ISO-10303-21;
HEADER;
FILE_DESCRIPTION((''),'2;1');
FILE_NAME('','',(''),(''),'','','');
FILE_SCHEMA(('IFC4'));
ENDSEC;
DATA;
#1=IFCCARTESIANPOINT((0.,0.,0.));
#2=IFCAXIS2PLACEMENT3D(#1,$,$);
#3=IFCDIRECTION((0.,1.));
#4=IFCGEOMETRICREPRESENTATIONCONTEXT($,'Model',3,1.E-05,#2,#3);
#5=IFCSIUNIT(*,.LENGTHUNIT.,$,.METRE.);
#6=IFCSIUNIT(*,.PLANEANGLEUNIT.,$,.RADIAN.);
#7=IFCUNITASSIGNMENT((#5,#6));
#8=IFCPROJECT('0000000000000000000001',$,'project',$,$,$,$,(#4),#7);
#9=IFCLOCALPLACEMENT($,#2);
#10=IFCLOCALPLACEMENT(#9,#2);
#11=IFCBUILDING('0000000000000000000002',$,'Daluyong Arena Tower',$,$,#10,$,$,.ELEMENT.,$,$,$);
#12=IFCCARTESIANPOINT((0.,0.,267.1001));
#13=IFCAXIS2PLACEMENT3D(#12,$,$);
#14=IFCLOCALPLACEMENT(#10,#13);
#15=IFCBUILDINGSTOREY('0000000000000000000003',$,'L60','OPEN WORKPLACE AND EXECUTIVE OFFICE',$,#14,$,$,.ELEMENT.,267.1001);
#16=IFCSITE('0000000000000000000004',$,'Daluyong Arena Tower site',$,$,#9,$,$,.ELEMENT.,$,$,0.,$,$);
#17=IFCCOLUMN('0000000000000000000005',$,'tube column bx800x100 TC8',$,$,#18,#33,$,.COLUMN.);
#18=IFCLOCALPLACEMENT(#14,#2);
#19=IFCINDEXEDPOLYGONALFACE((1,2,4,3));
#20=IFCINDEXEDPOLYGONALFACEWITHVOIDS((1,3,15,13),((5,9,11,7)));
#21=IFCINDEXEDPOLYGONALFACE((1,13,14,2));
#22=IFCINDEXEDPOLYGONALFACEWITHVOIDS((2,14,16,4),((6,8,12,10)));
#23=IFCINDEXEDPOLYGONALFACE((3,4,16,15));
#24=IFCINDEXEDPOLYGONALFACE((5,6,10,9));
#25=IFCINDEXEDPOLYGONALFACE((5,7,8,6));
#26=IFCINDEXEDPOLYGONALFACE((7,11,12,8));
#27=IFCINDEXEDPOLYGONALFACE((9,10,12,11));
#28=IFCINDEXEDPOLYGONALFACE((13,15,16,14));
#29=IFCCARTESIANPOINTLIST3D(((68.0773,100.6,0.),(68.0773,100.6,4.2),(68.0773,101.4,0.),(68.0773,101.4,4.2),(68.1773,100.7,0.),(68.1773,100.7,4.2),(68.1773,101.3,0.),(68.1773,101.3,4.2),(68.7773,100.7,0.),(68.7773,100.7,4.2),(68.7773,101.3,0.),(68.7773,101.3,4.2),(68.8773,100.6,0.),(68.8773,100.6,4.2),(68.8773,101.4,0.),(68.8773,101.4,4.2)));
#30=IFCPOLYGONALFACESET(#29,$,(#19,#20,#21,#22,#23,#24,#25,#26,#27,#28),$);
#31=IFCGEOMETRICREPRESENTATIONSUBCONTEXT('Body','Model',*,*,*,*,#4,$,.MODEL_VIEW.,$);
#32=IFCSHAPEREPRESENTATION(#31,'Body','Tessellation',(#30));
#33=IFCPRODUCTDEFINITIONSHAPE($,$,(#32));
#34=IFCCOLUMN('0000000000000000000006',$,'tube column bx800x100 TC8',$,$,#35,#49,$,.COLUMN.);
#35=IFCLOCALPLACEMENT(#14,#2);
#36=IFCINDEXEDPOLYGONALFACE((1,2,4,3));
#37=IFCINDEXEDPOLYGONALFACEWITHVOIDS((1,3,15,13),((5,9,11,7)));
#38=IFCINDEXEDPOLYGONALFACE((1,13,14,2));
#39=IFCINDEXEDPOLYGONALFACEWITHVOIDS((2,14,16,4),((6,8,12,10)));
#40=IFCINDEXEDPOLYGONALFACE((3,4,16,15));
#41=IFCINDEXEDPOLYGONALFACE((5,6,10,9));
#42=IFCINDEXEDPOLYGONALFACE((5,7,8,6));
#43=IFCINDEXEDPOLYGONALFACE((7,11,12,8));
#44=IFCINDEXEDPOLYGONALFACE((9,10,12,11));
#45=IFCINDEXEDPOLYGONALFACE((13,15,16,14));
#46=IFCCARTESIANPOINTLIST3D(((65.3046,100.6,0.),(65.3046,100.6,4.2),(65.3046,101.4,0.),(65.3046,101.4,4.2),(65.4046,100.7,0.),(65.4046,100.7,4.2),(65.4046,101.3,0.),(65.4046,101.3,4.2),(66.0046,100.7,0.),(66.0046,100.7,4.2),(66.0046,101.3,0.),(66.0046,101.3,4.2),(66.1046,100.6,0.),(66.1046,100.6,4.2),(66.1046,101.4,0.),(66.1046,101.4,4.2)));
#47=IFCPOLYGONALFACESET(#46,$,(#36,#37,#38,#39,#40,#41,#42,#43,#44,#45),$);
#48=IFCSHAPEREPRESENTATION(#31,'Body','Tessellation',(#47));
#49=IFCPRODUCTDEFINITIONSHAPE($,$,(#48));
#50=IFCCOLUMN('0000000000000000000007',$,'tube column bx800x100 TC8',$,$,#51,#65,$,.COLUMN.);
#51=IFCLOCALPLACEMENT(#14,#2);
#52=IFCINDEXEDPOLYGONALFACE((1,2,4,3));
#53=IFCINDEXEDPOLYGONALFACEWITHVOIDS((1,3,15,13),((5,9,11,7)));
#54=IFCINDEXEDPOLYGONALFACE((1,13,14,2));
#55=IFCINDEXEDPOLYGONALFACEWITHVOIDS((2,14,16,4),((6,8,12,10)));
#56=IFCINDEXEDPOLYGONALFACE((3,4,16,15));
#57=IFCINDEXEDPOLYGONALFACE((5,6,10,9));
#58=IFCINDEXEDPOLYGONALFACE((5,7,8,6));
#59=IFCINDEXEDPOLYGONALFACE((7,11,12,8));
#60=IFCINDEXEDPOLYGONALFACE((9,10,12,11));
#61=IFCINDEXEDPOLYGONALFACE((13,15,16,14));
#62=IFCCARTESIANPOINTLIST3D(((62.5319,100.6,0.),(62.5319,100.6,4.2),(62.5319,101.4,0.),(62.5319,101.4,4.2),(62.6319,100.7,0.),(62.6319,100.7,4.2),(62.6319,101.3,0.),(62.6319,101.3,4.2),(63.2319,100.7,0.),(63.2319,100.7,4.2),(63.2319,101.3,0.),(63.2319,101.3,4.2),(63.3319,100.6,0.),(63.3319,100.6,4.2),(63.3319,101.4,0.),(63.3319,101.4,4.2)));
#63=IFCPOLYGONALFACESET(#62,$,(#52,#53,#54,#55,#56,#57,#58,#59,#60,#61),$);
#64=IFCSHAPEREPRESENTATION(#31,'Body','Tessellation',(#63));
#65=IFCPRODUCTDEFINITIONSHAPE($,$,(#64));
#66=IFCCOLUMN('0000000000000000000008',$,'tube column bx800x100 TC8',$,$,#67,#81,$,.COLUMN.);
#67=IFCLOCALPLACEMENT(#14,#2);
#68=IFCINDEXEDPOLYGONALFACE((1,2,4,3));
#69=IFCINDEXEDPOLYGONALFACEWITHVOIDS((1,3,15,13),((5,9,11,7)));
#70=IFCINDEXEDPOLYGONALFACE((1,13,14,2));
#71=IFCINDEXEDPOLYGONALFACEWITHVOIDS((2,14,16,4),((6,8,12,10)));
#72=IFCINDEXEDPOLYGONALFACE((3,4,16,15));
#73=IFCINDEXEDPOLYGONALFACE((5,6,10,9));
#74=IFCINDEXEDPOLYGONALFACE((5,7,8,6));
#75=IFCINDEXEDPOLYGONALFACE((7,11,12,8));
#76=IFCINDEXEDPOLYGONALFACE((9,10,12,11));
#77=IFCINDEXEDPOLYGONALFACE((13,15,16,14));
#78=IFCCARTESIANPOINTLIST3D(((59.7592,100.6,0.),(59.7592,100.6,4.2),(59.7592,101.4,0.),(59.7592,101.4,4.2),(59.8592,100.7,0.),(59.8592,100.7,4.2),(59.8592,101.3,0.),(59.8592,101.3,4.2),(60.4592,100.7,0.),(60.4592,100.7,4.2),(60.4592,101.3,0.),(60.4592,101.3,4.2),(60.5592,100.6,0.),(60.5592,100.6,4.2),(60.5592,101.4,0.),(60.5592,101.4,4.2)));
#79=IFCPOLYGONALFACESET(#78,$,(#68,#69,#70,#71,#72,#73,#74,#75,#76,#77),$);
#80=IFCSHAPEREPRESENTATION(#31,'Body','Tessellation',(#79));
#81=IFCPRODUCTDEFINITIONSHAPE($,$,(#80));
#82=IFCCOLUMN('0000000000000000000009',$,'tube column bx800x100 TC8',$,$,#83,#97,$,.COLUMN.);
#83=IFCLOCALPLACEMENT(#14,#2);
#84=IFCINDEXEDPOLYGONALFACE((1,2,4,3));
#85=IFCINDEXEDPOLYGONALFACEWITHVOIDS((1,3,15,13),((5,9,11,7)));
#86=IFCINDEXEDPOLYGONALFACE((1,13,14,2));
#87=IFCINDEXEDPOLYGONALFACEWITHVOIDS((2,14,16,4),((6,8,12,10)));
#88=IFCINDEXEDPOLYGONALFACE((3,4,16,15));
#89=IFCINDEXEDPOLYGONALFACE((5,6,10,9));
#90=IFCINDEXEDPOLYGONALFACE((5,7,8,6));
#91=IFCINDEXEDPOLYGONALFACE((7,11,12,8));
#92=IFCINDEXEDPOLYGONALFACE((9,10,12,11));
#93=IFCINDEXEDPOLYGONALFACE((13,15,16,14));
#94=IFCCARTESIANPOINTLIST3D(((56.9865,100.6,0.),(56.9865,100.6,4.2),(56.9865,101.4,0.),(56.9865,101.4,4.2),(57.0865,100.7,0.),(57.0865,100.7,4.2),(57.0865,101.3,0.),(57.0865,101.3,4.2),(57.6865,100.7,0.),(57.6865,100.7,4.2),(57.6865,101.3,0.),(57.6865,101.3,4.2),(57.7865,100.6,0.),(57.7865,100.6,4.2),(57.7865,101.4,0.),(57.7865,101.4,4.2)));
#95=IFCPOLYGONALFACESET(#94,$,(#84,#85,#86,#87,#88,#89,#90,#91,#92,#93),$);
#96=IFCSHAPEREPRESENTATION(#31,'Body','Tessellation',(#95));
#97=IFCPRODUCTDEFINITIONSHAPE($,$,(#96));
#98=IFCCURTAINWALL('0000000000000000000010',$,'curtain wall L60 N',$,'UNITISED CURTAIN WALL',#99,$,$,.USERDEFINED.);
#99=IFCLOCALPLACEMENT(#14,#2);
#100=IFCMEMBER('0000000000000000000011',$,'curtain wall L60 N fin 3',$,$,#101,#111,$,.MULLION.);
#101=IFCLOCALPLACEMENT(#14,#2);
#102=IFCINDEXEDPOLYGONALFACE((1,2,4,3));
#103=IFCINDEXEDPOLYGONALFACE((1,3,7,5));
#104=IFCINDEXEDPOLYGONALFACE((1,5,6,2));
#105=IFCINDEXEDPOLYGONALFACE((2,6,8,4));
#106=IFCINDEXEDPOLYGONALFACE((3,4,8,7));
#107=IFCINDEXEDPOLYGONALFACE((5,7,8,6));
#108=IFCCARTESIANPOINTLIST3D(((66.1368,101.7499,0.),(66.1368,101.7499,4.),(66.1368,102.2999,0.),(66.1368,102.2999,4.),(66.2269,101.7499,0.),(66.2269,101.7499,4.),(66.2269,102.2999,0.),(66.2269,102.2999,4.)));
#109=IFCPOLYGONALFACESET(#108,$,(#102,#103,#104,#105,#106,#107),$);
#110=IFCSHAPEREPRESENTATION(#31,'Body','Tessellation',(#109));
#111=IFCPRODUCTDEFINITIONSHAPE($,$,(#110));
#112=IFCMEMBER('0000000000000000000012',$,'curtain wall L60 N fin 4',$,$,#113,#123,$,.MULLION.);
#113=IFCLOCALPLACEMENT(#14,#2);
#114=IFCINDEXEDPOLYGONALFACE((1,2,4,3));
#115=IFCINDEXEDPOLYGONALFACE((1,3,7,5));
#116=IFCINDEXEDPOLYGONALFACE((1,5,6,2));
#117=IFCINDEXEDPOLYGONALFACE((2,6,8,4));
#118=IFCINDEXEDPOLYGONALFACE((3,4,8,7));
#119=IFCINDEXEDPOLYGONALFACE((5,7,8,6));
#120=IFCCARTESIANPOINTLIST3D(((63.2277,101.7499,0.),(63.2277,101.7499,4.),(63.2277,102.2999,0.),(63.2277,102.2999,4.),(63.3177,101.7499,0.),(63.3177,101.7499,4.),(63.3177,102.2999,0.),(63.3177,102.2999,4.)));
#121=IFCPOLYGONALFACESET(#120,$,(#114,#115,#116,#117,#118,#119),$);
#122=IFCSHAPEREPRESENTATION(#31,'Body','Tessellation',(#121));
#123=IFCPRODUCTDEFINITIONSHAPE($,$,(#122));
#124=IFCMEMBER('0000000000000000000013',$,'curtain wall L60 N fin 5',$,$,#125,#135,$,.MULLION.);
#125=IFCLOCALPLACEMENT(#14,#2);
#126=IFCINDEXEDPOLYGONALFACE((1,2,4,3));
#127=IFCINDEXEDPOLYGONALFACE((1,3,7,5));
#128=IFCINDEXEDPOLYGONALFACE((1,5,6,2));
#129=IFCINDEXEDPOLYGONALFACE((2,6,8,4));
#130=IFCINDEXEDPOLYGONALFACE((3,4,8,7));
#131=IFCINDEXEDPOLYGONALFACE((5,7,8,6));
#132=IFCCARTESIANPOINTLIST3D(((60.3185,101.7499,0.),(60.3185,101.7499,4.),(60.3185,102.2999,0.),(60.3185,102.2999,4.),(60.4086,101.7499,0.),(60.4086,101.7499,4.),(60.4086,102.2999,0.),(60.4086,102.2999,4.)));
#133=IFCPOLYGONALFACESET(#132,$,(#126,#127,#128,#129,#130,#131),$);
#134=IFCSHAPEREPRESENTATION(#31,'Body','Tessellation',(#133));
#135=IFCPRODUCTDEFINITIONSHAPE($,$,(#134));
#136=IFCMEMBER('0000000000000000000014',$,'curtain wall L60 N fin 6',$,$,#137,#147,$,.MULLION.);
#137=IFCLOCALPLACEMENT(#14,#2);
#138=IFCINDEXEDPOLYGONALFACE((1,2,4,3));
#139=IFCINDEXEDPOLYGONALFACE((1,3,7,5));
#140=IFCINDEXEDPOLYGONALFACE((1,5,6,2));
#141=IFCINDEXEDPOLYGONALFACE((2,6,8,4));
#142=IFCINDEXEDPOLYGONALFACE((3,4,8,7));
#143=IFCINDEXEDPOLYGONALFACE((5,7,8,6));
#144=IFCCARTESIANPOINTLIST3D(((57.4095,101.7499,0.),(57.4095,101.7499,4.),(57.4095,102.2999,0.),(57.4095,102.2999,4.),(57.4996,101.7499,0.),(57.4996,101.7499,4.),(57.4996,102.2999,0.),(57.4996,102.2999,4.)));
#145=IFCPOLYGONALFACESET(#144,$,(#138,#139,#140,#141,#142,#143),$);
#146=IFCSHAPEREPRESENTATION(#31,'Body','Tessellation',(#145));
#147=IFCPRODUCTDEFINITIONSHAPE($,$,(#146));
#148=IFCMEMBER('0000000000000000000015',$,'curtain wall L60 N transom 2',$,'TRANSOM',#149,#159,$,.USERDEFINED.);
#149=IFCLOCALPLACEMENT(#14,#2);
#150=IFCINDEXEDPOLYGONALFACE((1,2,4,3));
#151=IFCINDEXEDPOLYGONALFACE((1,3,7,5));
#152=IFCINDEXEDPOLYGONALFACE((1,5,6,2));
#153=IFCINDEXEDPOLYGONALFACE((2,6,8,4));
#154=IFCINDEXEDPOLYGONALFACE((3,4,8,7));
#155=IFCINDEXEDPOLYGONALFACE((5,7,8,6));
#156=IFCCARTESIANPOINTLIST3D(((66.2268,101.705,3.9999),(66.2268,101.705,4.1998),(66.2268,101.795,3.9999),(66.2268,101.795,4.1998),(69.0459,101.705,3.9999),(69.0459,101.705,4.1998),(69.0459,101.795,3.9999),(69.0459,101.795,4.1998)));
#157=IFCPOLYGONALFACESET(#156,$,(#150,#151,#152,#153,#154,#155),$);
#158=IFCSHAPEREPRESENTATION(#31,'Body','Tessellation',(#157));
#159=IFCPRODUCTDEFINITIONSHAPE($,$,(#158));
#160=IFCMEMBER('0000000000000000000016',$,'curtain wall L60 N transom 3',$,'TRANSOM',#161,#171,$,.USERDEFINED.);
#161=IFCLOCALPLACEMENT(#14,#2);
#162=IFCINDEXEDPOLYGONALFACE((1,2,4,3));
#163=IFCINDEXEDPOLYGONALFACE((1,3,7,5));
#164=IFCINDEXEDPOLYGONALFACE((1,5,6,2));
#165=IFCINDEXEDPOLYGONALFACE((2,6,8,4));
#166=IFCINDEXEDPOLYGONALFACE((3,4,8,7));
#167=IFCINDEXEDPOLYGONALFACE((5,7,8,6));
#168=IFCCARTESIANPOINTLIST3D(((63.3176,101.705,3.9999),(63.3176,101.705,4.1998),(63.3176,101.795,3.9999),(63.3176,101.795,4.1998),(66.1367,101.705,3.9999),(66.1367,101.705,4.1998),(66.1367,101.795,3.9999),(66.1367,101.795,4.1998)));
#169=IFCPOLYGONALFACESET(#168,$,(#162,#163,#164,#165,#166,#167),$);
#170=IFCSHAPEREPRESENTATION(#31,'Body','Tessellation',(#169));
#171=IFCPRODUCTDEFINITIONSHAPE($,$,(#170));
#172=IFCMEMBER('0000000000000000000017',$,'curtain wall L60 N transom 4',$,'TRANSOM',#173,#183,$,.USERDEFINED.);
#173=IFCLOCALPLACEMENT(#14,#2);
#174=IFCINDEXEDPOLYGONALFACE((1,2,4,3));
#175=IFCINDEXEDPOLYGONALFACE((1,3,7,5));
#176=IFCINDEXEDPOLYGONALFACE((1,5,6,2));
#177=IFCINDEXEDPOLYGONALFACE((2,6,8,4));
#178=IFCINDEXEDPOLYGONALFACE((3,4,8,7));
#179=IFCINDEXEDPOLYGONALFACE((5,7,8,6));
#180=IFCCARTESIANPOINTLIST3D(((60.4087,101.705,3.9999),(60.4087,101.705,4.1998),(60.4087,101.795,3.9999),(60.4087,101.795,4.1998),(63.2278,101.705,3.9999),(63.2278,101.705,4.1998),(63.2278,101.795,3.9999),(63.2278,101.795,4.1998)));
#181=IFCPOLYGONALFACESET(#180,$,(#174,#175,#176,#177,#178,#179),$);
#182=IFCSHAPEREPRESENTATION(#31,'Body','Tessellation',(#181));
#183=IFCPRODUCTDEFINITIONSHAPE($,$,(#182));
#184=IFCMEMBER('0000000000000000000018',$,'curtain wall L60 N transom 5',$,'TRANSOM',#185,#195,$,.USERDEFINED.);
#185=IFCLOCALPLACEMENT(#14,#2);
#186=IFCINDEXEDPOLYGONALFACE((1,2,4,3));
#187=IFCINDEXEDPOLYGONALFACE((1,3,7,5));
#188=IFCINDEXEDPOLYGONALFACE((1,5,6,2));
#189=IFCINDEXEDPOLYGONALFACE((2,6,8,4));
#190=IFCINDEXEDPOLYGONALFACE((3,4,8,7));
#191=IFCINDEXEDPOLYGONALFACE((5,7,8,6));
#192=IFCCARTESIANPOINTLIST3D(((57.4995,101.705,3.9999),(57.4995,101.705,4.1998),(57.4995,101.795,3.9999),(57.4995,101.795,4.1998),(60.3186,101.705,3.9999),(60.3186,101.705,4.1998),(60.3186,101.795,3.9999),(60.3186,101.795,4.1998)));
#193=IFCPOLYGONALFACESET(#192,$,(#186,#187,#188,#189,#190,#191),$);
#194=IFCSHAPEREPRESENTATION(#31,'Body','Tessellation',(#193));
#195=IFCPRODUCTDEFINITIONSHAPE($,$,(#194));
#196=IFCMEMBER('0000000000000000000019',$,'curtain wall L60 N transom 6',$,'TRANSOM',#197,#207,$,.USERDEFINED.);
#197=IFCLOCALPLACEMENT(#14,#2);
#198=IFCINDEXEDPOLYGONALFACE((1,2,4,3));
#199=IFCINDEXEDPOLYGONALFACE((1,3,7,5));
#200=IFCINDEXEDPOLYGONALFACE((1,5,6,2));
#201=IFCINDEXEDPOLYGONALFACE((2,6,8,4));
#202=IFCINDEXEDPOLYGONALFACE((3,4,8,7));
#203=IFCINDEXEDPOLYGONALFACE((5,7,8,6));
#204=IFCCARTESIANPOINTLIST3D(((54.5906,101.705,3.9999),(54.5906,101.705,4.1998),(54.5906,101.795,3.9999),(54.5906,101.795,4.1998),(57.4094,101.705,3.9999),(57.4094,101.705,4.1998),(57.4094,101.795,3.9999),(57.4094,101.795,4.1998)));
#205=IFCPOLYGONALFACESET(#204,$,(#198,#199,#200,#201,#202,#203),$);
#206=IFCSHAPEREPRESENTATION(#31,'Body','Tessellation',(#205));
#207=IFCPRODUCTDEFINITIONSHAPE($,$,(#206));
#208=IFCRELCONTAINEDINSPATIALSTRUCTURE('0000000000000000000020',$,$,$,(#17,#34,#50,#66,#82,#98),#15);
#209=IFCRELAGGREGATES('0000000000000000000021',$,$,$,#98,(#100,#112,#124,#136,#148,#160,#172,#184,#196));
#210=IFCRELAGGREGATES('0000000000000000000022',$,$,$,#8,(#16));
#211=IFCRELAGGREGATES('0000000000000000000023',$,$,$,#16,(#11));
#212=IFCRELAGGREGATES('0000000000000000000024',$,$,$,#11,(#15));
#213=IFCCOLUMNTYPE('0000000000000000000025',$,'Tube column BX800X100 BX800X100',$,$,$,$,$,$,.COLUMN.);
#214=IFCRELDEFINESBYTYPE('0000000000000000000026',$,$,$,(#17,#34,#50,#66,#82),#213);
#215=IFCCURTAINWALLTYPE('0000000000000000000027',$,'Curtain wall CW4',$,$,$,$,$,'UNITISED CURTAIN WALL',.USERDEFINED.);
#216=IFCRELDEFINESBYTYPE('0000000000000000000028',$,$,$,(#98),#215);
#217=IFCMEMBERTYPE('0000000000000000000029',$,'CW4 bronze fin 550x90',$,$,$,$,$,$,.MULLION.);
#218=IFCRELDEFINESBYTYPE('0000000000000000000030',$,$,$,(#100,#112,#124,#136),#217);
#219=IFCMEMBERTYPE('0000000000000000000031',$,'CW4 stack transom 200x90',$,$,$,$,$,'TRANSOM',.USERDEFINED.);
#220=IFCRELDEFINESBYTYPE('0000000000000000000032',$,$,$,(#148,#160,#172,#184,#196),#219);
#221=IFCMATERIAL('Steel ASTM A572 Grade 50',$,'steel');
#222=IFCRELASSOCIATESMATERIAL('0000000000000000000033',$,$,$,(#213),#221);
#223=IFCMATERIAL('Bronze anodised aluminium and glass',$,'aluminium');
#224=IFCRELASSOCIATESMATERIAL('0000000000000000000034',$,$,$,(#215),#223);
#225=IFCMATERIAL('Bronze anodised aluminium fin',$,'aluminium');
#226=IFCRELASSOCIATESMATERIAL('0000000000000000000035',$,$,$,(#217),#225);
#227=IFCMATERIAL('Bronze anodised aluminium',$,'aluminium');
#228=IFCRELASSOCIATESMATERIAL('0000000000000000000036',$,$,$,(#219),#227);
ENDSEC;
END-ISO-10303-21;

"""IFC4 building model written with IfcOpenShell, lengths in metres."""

from ifc_helpers import new_model, si_unit, direction, frame, origin, origin_2d, place, context, subcontext, project, spatial, rectangle, hollow_rectangle, extrude, material, material_profile, profile_set, type_object, element, aggregate, save


model = new_model("IFC4")

# Units and contexts
model_context = context("Model", 3, precision=1e-05, world=origin(), true_north=direction((0.0, 1.0)))
body_context = subcontext(model_context, "Body", "Model", "MODEL_VIEW")
ifc_project = project(units=[si_unit("LENGTHUNIT", "METRE"), si_unit("PLANEANGLEUNIT", "RADIAN")], contexts=[model_context])

# Site, building, storey
site_placement = place(None, origin())
site = spatial("IfcSite", under=ifc_project, at=site_placement, Name="Daluyong Arena Tower site", CompositionType="ELEMENT", RefElevation=0.0)
building_placement = place(site_placement, origin())
building = spatial("IfcBuilding", under=site, at=building_placement, Name="Daluyong Arena Tower", CompositionType="ELEMENT")
storey_placement = place(building_placement, frame((0.0, 0.0, 267.1001)))
storey = spatial("IfcBuildingStorey", under=building, at=storey_placement, Name="L60", Description="OPEN WORKPLACE AND EXECUTIVE OFFICE", CompositionType="ELEMENT", Elevation=267.1001)

# Columns
ifc_material_1 = material(Name="Steel ASTM A572 Grade 50", Category="steel")
ifc_material_profile_1 = material_profile(ifc_material_1, hollow_rectangle(XDim=0.8, YDim=0.8, WallThickness=0.1, at=origin_2d()))
ifc_profile_set_1 = profile_set([ifc_material_profile_1], Name="Steel ASTM A572 Grade 50")
column_type = type_object("IfcColumnType", Name="Tube column BX800X100 BX800X100", PredefinedType="COLUMN", material=ifc_profile_set_1)
for number, where, z_axis, x_axis, name in (
    (1, (68.4773, 101.0, 0.0), (0.0, 0.0, 1.0), (1.0, 0.0, 0.0), "tube column bx800x100 TC8"),
    (2, (65.7046, 101.0, 0.0), (0.0, 0.0, 1.0), (1.0, 0.0, 0.0), "tube column bx800x100 TC8"),
    (3, (62.9319, 101.0, 0.0), (0.0, 0.0, 1.0), (1.0, 0.0, 0.0), "tube column bx800x100 TC8"),
    (4, (60.1592, 101.0, 0.0), (0.0, 0.0, 1.0), (1.0, 0.0, 0.0), "tube column bx800x100 TC8"),
    (5, (57.3865, 101.0, 0.0), (0.0, 0.0, 1.0), (1.0, 0.0, 0.0), "tube column bx800x100 TC8"),
):
    element("IfcColumn", number, at=place(storey_placement, frame(where, z_axis=z_axis, x_axis=x_axis)), inside=storey, type_object=column_type, Name=name, PredefinedType="COLUMN", context=body_context, shape_type="SweptSolid", body=[
        extrude(hollow_rectangle(XDim=0.8, YDim=0.8, WallThickness=0.1, at=origin_2d()), origin(), (0.0, 0.0, 1.0), 4.2),
    ])

# Curtain wall, members
ifc_material_2 = material(Name="Bronze anodised aluminium and glass", Category="aluminium")
curtain_wall_type = type_object("IfcCurtainWallType", Name="Curtain wall CW4", ElementType="UNITISED CURTAIN WALL", PredefinedType="USERDEFINED", material=ifc_material_2)
curtain_wall_placement = place(storey_placement, origin())
curtain_wall = element("IfcCurtainWall", 6, at=curtain_wall_placement, inside=storey, type_object=curtain_wall_type, Name="curtain wall L60 N", ObjectType="UNITISED CURTAIN WALL", PredefinedType="USERDEFINED")
ifc_material_3 = material(Name="Bronze anodised aluminium fin", Category="aluminium")
ifc_material_profile_2 = material_profile(ifc_material_3, rectangle(XDim=0.55, YDim=0.0901, at=origin_2d()))
ifc_profile_set_2 = profile_set([ifc_material_profile_2], Name="Bronze anodised aluminium fin")
member_type_1 = type_object("IfcMemberType", Name="CW4 bronze fin 550x90", PredefinedType="MULLION", material=ifc_profile_set_2)
member_1_placement = place(storey_placement, frame((66.1819, 102.0249, 0.0), z_axis=(0.0, 0.0, 1.0), x_axis=(0.0, -1.0, 0.0)))
member_1 = element("IfcMember", 7, at=member_1_placement, type_object=member_type_1, Name="curtain wall L60 N fin 3", PredefinedType="MULLION", context=body_context, shape_type="SweptSolid", body=[
    extrude(rectangle(XDim=0.55, YDim=0.0901, at=origin_2d()), origin(), (0.0, 0.0, 1.0), 4.0),
])
member_2_placement = place(storey_placement, frame((63.2727, 102.0249, 0.0), z_axis=(0.0, 0.0, 1.0), x_axis=(0.0, -1.0, 0.0)))
member_2 = element("IfcMember", 8, at=member_2_placement, type_object=member_type_1, Name="curtain wall L60 N fin 4", PredefinedType="MULLION", context=body_context, shape_type="SweptSolid", body=[
    extrude(rectangle(XDim=0.55, YDim=0.0901, at=origin_2d()), origin(), (0.0, 0.0, 1.0), 4.0),
])
member_3_placement = place(storey_placement, frame((60.3635, 102.0249, 0.0), z_axis=(0.0, 0.0, 1.0), x_axis=(0.0, -1.0, 0.0)))
member_3 = element("IfcMember", 9, at=member_3_placement, type_object=member_type_1, Name="curtain wall L60 N fin 5", PredefinedType="MULLION", context=body_context, shape_type="SweptSolid", body=[
    extrude(rectangle(XDim=0.55, YDim=0.0901, at=origin_2d()), origin(), (0.0, 0.0, 1.0), 4.0),
])
member_4_placement = place(storey_placement, frame((57.4546, 102.0249, 0.0), z_axis=(0.0, 0.0, 1.0), x_axis=(0.0, -1.0, 0.0)))
member_4 = element("IfcMember", 10, at=member_4_placement, type_object=member_type_1, Name="curtain wall L60 N fin 6", PredefinedType="MULLION", context=body_context, shape_type="SweptSolid", body=[
    extrude(rectangle(XDim=0.55, YDim=0.0901, at=origin_2d()), origin(), (0.0, 0.0, 1.0), 4.0),
])
ifc_material_4 = material(Name="Bronze anodised aluminium", Category="aluminium")
ifc_material_profile_3 = material_profile(ifc_material_4, rectangle(XDim=0.0901, YDim=0.2, at=origin_2d()))
ifc_profile_set_3 = profile_set([ifc_material_profile_3], Name="Bronze anodised aluminium")
member_type_2 = type_object("IfcMemberType", Name="CW4 stack transom 200x90", ElementType="TRANSOM", PredefinedType="USERDEFINED", material=ifc_profile_set_3)
member_5_placement = place(storey_placement, frame((69.0459, 101.75, 4.0999), z_axis=(-1.0, 0.0, 0.0), x_axis=(0.0, -1.0, 0.0)))
member_5 = element("IfcMember", 11, at=member_5_placement, type_object=member_type_2, Name="curtain wall L60 N transom 2", ObjectType="TRANSOM", PredefinedType="USERDEFINED", context=body_context, shape_type="SweptSolid", body=[
    extrude(rectangle(XDim=0.0901, YDim=0.2, at=origin_2d()), origin(), (0.0, 0.0, 1.0), 2.8191),
])
member_6_placement = place(storey_placement, frame((66.1367, 101.75, 4.0999), z_axis=(-1.0, 0.0, 0.0), x_axis=(0.0, -1.0, 0.0)))
member_6 = element("IfcMember", 12, at=member_6_placement, type_object=member_type_2, Name="curtain wall L60 N transom 3", ObjectType="TRANSOM", PredefinedType="USERDEFINED", context=body_context, shape_type="SweptSolid", body=[
    extrude(rectangle(XDim=0.0901, YDim=0.2, at=origin_2d()), origin(), (0.0, 0.0, 1.0), 2.8191),
])
member_7_placement = place(storey_placement, frame((63.2278, 101.75, 4.0999), z_axis=(-1.0, 0.0, 0.0), x_axis=(0.0, -1.0, 0.0)))
member_7 = element("IfcMember", 13, at=member_7_placement, type_object=member_type_2, Name="curtain wall L60 N transom 4", ObjectType="TRANSOM", PredefinedType="USERDEFINED", context=body_context, shape_type="SweptSolid", body=[
    extrude(rectangle(XDim=0.0901, YDim=0.2, at=origin_2d()), origin(), (0.0, 0.0, 1.0), 2.8191),
])
member_8_placement = place(storey_placement, frame((60.3186, 101.75, 4.0999), z_axis=(-1.0, 0.0, 0.0), x_axis=(0.0, -1.0, 0.0)))
member_8 = element("IfcMember", 14, at=member_8_placement, type_object=member_type_2, Name="curtain wall L60 N transom 5", ObjectType="TRANSOM", PredefinedType="USERDEFINED", context=body_context, shape_type="SweptSolid", body=[
    extrude(rectangle(XDim=0.0901, YDim=0.2, at=origin_2d()), origin(), (0.0, 0.0, 1.0), 2.8191),
])
member_9_placement = place(storey_placement, frame((57.4094, 101.75, 4.0999), z_axis=(-1.0, 0.0, 0.0), x_axis=(0.0, -1.0, 0.0)))
member_9 = element("IfcMember", 15, at=member_9_placement, type_object=member_type_2, Name="curtain wall L60 N transom 6", ObjectType="TRANSOM", PredefinedType="USERDEFINED", context=body_context, shape_type="SweptSolid", body=[
    extrude(rectangle(XDim=0.0901, YDim=0.2, at=origin_2d()), origin(), (0.0, 0.0, 1.0), 2.8188),
])

aggregate(curtain_wall, [member_1, member_2, member_3, member_4, member_5, member_6, member_7, member_8, member_9])

save(model, "model.ifc")
